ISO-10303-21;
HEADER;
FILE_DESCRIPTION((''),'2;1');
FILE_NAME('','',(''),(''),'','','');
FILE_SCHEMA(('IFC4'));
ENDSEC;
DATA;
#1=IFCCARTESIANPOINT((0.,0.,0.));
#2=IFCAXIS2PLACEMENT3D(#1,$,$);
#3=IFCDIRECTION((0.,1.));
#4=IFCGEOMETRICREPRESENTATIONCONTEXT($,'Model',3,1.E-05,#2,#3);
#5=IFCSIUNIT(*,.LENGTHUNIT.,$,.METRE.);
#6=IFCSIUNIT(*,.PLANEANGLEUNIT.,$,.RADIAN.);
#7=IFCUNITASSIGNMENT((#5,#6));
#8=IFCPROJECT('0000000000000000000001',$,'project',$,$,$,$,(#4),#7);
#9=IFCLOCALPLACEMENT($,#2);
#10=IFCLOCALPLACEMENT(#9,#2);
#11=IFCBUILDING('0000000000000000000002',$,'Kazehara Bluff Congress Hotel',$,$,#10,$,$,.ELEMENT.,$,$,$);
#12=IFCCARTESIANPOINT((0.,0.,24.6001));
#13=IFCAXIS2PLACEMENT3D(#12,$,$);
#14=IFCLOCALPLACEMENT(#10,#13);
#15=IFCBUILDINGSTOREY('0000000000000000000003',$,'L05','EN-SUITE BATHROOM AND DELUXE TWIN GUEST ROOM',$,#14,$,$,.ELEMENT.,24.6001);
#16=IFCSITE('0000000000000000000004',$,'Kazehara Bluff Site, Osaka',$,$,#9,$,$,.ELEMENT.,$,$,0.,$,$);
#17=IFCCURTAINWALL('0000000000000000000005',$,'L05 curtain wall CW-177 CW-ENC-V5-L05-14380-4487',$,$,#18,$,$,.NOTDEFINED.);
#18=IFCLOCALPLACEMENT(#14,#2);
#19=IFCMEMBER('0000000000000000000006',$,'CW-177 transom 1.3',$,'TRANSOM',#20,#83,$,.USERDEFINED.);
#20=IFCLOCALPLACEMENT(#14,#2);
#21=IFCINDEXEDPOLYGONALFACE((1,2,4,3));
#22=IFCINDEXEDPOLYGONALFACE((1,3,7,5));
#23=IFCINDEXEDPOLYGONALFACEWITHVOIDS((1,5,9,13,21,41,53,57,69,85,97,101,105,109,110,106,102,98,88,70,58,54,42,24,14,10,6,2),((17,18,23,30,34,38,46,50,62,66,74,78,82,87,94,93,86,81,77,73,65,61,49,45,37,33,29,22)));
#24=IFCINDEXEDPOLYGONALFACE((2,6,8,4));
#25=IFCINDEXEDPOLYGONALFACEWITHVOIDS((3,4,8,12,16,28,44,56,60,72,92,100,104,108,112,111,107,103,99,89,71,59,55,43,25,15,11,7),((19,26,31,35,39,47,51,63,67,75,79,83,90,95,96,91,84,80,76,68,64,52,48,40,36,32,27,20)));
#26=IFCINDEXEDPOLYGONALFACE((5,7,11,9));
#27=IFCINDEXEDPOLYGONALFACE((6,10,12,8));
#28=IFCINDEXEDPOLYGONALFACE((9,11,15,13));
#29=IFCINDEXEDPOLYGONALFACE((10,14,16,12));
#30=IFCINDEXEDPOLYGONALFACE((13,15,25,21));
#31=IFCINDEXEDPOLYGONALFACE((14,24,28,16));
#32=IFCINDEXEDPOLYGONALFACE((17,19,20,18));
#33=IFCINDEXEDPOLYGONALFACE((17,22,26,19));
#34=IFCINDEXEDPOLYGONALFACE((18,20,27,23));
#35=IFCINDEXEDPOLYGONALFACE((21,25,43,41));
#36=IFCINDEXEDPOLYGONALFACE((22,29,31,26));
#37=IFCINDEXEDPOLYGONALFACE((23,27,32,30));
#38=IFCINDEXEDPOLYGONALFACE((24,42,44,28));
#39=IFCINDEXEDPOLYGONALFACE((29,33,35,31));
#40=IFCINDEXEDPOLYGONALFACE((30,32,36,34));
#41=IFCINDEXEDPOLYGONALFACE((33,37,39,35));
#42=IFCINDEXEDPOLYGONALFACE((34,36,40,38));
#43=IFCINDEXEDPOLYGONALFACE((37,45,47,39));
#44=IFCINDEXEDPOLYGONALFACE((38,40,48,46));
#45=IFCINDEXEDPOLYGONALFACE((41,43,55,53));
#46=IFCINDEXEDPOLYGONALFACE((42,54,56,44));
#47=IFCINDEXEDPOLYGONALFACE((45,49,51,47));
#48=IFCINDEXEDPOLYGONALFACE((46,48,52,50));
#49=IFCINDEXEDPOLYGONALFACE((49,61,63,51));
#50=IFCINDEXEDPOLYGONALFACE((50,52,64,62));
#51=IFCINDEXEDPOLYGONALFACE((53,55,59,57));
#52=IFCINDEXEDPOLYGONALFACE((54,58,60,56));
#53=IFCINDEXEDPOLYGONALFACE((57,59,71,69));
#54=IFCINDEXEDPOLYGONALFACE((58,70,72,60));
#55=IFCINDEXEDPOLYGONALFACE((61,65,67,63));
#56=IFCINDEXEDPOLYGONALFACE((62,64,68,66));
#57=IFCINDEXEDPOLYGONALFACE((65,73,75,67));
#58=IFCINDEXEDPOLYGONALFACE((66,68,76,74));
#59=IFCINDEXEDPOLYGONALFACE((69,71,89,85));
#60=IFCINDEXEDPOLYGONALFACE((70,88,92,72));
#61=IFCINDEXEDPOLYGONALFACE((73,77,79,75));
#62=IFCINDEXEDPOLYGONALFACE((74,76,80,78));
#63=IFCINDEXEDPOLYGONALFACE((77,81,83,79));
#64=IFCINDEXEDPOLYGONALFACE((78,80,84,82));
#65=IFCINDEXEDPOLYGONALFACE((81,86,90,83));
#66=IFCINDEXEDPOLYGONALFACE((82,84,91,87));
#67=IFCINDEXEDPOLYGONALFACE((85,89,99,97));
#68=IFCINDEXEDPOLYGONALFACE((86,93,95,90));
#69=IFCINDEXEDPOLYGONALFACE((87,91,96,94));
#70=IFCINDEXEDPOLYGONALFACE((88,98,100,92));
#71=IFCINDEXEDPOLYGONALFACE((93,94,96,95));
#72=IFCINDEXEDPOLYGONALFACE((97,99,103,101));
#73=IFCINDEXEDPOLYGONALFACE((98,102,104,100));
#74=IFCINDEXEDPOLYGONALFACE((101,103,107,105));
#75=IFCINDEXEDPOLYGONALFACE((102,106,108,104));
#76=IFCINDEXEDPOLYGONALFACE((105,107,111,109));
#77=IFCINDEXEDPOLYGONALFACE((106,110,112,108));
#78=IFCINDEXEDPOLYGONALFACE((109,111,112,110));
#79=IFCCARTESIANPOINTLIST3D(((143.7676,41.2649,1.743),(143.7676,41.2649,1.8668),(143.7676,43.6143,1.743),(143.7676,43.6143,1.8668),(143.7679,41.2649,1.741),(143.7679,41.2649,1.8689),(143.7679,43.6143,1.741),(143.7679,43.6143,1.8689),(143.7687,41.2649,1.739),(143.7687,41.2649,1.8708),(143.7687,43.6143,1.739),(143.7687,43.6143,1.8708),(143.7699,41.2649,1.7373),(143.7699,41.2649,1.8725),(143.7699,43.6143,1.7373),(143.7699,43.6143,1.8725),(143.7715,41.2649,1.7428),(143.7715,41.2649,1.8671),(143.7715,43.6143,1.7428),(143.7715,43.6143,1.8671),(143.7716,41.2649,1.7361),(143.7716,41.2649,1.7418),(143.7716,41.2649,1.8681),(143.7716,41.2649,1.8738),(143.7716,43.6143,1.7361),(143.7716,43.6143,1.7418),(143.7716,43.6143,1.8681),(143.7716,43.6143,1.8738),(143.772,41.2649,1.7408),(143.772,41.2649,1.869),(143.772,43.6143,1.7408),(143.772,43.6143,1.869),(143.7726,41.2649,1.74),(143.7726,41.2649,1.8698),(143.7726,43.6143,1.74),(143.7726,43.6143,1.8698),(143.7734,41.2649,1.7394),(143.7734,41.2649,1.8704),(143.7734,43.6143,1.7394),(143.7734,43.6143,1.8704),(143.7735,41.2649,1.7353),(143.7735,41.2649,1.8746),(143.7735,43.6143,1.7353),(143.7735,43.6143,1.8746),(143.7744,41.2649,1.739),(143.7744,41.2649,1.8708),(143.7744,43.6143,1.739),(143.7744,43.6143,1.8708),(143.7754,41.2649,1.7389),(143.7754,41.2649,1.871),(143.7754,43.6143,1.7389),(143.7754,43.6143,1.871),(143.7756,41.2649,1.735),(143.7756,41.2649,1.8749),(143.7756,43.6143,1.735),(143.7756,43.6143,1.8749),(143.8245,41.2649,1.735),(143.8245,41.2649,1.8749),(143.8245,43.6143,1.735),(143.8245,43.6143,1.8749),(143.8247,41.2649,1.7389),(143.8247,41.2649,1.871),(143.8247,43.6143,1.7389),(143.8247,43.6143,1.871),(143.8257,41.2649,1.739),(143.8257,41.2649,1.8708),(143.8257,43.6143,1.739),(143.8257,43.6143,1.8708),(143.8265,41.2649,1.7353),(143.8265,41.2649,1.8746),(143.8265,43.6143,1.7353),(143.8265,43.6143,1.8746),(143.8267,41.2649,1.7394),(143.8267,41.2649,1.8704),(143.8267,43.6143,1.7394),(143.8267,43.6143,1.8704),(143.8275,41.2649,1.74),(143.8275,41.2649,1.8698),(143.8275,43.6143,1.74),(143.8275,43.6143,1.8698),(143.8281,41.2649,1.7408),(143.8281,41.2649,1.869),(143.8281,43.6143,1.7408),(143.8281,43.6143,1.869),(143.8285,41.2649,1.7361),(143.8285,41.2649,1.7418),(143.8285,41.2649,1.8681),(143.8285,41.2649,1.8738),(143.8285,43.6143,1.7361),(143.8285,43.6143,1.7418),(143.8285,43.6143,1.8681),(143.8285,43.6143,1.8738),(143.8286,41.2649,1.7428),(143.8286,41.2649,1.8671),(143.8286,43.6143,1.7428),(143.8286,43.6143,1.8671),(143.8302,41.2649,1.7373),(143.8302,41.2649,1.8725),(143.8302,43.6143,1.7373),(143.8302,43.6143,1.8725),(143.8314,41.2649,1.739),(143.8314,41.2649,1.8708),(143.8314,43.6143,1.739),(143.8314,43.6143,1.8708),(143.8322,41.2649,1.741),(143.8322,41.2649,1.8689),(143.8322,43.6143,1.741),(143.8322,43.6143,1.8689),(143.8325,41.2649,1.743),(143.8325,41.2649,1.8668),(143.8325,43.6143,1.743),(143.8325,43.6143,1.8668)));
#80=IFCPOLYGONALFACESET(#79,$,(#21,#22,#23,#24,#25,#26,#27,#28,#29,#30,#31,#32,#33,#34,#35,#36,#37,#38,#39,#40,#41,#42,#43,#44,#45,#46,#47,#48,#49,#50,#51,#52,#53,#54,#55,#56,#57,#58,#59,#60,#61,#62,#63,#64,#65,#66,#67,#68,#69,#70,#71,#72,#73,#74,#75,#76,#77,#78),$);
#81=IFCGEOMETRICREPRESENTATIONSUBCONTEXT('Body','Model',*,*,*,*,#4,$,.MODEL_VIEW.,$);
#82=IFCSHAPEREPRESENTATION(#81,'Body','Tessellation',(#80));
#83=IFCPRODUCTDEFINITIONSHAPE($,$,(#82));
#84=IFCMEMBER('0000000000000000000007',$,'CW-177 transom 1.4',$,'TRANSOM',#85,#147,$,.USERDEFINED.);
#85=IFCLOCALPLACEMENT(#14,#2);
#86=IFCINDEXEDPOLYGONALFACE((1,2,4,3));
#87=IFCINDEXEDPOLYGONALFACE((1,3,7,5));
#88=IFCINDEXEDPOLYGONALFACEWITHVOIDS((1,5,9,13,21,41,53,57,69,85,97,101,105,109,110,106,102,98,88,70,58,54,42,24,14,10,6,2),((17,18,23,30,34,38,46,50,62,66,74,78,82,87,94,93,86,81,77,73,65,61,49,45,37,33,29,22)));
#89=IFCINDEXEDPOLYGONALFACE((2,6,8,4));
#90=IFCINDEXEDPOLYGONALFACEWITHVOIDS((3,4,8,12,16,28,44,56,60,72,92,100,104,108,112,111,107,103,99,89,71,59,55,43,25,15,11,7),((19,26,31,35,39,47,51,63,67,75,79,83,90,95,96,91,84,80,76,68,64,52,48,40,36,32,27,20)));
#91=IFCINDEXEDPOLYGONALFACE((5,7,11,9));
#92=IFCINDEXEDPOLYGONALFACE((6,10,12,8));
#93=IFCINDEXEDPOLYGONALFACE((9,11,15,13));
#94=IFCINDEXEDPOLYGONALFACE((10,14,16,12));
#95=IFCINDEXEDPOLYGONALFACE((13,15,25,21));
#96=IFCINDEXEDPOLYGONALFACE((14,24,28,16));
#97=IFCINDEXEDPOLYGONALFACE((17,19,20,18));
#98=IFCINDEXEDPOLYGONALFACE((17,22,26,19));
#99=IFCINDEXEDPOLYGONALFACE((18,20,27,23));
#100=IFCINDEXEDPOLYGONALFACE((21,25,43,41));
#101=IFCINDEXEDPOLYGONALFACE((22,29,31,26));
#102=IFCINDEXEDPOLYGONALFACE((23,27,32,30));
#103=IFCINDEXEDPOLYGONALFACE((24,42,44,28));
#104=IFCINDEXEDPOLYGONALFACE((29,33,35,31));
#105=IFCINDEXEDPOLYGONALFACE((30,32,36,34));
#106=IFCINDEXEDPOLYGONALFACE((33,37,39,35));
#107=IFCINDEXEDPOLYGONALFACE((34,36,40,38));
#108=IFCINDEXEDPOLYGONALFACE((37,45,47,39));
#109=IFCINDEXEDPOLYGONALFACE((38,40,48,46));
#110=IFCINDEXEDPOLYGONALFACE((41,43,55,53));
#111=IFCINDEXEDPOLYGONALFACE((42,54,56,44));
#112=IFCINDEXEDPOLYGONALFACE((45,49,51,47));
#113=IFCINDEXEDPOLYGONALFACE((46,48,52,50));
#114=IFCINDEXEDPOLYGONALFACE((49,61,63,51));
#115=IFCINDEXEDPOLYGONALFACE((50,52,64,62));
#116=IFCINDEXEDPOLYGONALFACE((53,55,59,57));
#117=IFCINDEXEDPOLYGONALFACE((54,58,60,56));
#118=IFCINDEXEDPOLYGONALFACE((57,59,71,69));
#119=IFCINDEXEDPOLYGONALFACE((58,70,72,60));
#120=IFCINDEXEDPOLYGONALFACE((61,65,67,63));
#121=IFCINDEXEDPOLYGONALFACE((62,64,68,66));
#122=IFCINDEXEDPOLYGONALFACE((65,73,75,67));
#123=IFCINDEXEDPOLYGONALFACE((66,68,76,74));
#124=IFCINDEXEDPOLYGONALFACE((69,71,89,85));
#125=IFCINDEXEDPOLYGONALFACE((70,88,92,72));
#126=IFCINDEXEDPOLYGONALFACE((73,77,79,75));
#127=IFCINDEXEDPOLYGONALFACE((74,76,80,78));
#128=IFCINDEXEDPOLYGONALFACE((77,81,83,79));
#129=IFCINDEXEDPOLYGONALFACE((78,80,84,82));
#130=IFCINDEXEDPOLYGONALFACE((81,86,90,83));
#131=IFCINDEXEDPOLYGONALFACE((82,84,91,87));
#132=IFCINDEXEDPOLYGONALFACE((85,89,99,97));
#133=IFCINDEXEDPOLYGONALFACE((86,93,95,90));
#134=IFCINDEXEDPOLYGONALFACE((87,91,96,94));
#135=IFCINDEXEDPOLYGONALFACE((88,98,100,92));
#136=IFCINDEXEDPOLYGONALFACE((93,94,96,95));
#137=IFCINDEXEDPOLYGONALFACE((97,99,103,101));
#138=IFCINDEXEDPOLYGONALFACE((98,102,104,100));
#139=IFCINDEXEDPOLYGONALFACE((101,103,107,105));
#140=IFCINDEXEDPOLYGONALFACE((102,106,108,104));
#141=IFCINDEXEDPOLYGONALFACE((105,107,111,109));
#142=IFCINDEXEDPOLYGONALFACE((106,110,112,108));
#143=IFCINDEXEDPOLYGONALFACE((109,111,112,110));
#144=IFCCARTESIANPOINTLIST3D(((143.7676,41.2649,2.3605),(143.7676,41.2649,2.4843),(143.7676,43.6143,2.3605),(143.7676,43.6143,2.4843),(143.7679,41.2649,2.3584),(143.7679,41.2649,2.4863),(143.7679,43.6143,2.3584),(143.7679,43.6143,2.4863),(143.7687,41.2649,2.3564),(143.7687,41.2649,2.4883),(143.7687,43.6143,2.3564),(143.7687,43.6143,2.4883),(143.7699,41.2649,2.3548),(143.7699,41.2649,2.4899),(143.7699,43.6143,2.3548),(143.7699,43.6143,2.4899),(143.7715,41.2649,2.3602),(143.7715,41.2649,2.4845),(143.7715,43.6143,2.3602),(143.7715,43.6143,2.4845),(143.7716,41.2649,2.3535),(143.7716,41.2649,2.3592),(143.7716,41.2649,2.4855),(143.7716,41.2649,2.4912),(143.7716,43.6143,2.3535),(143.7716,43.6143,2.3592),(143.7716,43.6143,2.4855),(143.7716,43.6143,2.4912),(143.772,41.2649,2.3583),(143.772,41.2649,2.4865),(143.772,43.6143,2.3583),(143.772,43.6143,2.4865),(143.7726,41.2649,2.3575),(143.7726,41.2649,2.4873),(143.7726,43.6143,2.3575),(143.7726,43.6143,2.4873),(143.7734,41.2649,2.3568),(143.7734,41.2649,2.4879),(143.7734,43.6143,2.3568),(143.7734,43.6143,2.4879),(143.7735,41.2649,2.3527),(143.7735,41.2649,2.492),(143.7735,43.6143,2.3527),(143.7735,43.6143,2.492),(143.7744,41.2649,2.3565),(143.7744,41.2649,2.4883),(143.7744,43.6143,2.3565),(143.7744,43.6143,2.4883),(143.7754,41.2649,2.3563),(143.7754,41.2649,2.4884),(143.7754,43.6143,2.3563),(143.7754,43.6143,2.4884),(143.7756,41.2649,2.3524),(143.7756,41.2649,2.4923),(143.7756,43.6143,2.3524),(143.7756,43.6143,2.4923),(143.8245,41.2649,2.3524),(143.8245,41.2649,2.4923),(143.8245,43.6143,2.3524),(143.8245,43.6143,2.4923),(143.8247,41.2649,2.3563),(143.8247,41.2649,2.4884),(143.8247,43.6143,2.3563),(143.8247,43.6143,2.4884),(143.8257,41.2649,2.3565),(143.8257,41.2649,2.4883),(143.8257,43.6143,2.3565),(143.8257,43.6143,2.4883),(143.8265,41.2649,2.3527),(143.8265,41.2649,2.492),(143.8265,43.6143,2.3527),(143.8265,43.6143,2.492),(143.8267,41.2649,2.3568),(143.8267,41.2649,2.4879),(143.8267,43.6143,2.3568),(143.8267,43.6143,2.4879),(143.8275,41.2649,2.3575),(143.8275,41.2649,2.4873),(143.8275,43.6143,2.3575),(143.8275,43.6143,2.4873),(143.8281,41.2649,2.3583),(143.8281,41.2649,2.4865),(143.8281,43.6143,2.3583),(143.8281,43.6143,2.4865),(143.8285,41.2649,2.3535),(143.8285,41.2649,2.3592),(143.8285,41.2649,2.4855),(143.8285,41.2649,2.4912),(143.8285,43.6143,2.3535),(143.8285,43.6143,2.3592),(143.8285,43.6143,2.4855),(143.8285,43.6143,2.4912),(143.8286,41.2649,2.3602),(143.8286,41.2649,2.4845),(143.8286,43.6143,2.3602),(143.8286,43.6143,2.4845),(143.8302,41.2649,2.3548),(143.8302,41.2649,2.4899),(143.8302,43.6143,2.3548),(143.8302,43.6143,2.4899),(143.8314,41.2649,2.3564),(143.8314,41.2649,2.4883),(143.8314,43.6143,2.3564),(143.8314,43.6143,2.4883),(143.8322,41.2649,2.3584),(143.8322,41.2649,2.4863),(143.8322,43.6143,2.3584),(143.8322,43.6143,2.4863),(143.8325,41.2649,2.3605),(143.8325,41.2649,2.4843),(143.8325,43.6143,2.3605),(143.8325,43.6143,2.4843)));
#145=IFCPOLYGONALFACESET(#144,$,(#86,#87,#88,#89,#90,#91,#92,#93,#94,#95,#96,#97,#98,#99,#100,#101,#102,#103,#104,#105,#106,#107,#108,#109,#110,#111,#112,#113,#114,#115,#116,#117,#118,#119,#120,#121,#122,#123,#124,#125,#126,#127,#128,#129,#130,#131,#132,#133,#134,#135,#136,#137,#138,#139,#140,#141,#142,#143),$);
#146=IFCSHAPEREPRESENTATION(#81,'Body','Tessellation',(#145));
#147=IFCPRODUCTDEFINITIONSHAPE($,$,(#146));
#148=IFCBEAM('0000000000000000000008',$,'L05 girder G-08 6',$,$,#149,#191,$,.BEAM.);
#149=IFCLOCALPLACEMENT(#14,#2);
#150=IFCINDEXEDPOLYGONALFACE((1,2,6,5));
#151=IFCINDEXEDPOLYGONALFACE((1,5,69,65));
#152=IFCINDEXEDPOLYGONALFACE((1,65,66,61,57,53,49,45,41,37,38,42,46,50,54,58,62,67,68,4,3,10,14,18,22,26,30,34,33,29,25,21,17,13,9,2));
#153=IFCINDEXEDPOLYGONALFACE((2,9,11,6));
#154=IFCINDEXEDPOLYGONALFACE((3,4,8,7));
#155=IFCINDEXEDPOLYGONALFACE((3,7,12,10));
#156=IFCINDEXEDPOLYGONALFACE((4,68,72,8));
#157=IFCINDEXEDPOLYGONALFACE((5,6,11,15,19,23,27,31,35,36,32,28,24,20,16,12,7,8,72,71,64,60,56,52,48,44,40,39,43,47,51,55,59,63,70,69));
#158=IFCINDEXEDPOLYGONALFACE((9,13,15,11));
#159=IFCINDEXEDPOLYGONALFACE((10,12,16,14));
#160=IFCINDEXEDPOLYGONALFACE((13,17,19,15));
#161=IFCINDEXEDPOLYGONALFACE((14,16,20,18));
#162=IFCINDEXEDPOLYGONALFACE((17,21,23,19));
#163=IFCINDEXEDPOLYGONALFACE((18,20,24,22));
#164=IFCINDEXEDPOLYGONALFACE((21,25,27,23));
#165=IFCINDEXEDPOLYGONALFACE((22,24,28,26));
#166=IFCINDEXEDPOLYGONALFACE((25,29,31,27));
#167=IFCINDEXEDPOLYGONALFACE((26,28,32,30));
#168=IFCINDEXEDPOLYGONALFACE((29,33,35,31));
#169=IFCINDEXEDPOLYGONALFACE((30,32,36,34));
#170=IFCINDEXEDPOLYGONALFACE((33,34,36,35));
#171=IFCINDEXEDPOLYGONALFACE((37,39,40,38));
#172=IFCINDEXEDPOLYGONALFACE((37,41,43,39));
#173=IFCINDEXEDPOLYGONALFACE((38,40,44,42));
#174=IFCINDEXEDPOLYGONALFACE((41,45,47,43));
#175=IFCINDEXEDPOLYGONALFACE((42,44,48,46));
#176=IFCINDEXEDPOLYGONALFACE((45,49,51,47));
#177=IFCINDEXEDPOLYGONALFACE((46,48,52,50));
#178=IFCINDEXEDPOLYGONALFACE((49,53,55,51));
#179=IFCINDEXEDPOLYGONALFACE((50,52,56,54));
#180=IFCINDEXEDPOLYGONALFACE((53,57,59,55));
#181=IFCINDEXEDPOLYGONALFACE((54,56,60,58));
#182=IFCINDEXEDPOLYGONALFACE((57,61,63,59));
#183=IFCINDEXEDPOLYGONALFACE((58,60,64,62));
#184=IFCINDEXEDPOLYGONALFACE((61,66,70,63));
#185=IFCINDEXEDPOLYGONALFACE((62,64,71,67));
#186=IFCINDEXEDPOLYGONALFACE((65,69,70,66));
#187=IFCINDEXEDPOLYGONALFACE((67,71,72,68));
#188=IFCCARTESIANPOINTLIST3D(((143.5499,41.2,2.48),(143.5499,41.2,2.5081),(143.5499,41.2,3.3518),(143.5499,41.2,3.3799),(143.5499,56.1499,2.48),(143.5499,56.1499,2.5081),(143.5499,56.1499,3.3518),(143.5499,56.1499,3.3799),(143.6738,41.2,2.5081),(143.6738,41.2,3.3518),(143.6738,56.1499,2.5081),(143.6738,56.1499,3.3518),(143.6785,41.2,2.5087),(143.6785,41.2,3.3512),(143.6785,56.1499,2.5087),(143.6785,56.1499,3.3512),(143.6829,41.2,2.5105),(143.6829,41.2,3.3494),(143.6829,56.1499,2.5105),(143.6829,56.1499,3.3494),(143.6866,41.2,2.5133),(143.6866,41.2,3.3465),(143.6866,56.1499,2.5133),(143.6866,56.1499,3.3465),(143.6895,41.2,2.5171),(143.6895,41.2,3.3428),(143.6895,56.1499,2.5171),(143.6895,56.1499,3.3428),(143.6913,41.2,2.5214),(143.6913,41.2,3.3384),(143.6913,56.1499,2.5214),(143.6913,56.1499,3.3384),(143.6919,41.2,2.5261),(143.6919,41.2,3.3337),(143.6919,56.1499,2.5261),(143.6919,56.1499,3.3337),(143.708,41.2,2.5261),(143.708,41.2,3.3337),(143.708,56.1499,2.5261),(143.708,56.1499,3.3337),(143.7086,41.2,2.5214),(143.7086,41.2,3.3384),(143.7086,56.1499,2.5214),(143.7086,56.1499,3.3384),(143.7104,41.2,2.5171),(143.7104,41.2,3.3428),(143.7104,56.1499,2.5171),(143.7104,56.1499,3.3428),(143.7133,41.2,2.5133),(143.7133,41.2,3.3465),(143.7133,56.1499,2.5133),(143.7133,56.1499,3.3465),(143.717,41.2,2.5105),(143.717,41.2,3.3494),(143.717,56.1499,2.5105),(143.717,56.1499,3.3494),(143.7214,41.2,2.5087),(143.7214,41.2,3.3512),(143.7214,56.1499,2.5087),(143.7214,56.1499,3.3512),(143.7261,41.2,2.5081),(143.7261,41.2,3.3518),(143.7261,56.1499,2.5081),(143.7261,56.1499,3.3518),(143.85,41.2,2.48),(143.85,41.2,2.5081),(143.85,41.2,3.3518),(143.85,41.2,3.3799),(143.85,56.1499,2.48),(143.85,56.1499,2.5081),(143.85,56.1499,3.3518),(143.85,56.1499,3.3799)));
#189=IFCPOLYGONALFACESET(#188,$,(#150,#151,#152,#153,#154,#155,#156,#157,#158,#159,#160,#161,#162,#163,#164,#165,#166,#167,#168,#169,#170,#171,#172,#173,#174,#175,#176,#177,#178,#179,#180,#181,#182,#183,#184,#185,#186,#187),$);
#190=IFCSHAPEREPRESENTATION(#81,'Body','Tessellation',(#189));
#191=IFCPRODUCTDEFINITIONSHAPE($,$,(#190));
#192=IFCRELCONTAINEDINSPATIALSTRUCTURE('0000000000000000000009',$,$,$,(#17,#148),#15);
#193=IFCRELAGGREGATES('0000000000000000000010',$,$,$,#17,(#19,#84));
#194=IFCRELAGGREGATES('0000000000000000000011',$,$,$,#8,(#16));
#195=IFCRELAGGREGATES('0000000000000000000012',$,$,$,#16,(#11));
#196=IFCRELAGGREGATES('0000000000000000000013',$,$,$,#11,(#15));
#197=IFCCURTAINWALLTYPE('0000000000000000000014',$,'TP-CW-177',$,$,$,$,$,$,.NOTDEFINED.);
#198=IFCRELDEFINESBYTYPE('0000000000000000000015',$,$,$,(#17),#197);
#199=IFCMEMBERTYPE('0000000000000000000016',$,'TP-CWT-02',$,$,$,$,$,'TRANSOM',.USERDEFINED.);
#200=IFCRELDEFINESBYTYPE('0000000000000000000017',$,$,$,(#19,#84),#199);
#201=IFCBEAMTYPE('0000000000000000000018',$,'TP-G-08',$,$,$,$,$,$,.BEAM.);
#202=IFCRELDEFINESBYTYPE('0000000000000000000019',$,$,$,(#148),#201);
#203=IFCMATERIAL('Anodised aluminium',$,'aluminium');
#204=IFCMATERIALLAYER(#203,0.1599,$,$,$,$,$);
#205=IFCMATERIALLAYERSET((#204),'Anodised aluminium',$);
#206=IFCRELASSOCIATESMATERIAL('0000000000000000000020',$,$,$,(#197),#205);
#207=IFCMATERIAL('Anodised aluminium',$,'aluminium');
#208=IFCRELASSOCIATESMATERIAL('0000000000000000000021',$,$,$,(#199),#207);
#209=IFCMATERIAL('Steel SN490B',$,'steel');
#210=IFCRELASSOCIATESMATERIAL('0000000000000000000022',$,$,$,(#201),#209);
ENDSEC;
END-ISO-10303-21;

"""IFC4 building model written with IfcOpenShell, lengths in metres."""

from ifc_helpers import new_model, si_unit, direction, frame, origin, origin_2d, place, context, subcontext, project, spatial, hollow_rectangle, i_section, extrude, material, layer, layer_set, material_profile, profile_set, type_object, element, aggregate, save


model = new_model("IFC4")

# Units and contexts
model_context = context("Model", 3, precision=1e-05, world=origin(), true_north=direction((0.0, 1.0)))
body_context = subcontext(model_context, "Body", "Model", "MODEL_VIEW")
ifc_project = project(units=[si_unit("LENGTHUNIT", "METRE"), si_unit("PLANEANGLEUNIT", "RADIAN")], contexts=[model_context])

# Site, building, storey
site_placement = place(None, origin())
site = spatial("IfcSite", under=ifc_project, at=site_placement, Name="Kazehara Bluff Site, Osaka", CompositionType="ELEMENT", RefElevation=0.0)
building_placement = place(site_placement, origin())
building = spatial("IfcBuilding", under=site, at=building_placement, Name="Kazehara Bluff Congress Hotel", CompositionType="ELEMENT")
storey_placement = place(building_placement, frame((0.0, 0.0, 24.6001)))
storey = spatial("IfcBuildingStorey", under=building, at=storey_placement, Name="L05", Description="EN-SUITE BATHROOM AND DELUXE TWIN GUEST ROOM", CompositionType="ELEMENT", Elevation=24.6001)

# Curtain wall, members
ifc_material_1 = material(Name="Anodised aluminium", Category="aluminium")
ifc_layer_1 = layer(ifc_material_1, 0.1599)
ifc_layer_set_1 = layer_set([ifc_layer_1], Name="Anodised aluminium")
curtain_wall_type = type_object("IfcCurtainWallType", Name="TP-CW-177", PredefinedType="NOTDEFINED", material=ifc_layer_set_1)
curtain_wall_placement = place(storey_placement, origin())
curtain_wall = element("IfcCurtainWall", 1, at=curtain_wall_placement, inside=storey, type_object=curtain_wall_type, Name="L05 curtain wall CW-177 CW-ENC-V5-L05-14380-4487", PredefinedType="NOTDEFINED")
ifc_material_2 = material(Name="Anodised aluminium", Category="aluminium")
ifc_material_profile_1 = material_profile(ifc_material_2, hollow_rectangle(XDim=0.0649, YDim=0.1399, WallThickness=0.0039, InnerFilletRadius=0.0039, OuterFilletRadius=0.0081, at=origin_2d()))
ifc_profile_set_1 = profile_set([ifc_material_profile_1], Name="Anodised aluminium")
member_type_1 = type_object("IfcMemberType", Name="TP-CWT-02", ElementType="TRANSOM", PredefinedType="USERDEFINED", material=ifc_profile_set_1)
member_1_placement = place(storey_placement, frame((143.8, 41.2649, 1.8049), z_axis=(0.0, 1.0, 0.0), x_axis=(-1.0, 0.0, 0.0)))
member_1 = element("IfcMember", 2, at=member_1_placement, type_object=member_type_1, Name="CW-177 transom 1.3", ObjectType="TRANSOM", PredefinedType="USERDEFINED", context=body_context, shape_type="SweptSolid", body=[
    extrude(hollow_rectangle(XDim=0.0649, YDim=0.1399, WallThickness=0.0039, InnerFilletRadius=0.0039, OuterFilletRadius=0.0081, at=origin_2d()), origin(), (0.0, 0.0, 1.0), 2.3494),
])
member_2_placement = place(storey_placement, frame((143.8, 41.2649, 2.4224), z_axis=(0.0, 1.0, 0.0), x_axis=(-1.0, 0.0, 0.0)))
member_2 = element("IfcMember", 3, at=member_2_placement, type_object=member_type_1, Name="CW-177 transom 1.4", ObjectType="TRANSOM", PredefinedType="USERDEFINED", context=body_context, shape_type="SweptSolid", body=[
    extrude(hollow_rectangle(XDim=0.0649, YDim=0.1399, WallThickness=0.0039, InnerFilletRadius=0.0039, OuterFilletRadius=0.0081, at=origin_2d()), origin(), (0.0, 0.0, 1.0), 2.3494),
])
aggregate(curtain_wall, [member_1, member_2])

# Beam
ifc_material_3 = material(Name="Steel SN490B", Category="steel")
ifc_material_profile_2 = material_profile(ifc_material_3, i_section(OverallWidth=0.3, OverallDepth=0.8999, WebThickness=0.0161, FlangeThickness=0.0281, FilletRadius=0.0181, at=origin_2d()))
ifc_profile_set_2 = profile_set([ifc_material_profile_2], Name="Steel SN490B")
beam_type_1 = type_object("IfcBeamType", Name="TP-G-08", PredefinedType="BEAM", material=ifc_profile_set_2)
beam_1_placement = place(storey_placement, frame((143.7, 41.2, 2.9299), z_axis=(0.0, 1.0, 0.0), x_axis=(-1.0, 0.0, 0.0)))
element("IfcBeam", 4, at=beam_1_placement, inside=storey, type_object=beam_type_1, Name="L05 girder G-08 6", PredefinedType="BEAM", context=body_context, shape_type="SweptSolid", body=[
    extrude(i_section(OverallWidth=0.3, OverallDepth=0.8999, WebThickness=0.0161, FlangeThickness=0.0281, FilletRadius=0.0181, at=origin_2d()), origin(), (0.0, 0.0, 1.0), 14.95),
])

save(model, "model.ifc")
